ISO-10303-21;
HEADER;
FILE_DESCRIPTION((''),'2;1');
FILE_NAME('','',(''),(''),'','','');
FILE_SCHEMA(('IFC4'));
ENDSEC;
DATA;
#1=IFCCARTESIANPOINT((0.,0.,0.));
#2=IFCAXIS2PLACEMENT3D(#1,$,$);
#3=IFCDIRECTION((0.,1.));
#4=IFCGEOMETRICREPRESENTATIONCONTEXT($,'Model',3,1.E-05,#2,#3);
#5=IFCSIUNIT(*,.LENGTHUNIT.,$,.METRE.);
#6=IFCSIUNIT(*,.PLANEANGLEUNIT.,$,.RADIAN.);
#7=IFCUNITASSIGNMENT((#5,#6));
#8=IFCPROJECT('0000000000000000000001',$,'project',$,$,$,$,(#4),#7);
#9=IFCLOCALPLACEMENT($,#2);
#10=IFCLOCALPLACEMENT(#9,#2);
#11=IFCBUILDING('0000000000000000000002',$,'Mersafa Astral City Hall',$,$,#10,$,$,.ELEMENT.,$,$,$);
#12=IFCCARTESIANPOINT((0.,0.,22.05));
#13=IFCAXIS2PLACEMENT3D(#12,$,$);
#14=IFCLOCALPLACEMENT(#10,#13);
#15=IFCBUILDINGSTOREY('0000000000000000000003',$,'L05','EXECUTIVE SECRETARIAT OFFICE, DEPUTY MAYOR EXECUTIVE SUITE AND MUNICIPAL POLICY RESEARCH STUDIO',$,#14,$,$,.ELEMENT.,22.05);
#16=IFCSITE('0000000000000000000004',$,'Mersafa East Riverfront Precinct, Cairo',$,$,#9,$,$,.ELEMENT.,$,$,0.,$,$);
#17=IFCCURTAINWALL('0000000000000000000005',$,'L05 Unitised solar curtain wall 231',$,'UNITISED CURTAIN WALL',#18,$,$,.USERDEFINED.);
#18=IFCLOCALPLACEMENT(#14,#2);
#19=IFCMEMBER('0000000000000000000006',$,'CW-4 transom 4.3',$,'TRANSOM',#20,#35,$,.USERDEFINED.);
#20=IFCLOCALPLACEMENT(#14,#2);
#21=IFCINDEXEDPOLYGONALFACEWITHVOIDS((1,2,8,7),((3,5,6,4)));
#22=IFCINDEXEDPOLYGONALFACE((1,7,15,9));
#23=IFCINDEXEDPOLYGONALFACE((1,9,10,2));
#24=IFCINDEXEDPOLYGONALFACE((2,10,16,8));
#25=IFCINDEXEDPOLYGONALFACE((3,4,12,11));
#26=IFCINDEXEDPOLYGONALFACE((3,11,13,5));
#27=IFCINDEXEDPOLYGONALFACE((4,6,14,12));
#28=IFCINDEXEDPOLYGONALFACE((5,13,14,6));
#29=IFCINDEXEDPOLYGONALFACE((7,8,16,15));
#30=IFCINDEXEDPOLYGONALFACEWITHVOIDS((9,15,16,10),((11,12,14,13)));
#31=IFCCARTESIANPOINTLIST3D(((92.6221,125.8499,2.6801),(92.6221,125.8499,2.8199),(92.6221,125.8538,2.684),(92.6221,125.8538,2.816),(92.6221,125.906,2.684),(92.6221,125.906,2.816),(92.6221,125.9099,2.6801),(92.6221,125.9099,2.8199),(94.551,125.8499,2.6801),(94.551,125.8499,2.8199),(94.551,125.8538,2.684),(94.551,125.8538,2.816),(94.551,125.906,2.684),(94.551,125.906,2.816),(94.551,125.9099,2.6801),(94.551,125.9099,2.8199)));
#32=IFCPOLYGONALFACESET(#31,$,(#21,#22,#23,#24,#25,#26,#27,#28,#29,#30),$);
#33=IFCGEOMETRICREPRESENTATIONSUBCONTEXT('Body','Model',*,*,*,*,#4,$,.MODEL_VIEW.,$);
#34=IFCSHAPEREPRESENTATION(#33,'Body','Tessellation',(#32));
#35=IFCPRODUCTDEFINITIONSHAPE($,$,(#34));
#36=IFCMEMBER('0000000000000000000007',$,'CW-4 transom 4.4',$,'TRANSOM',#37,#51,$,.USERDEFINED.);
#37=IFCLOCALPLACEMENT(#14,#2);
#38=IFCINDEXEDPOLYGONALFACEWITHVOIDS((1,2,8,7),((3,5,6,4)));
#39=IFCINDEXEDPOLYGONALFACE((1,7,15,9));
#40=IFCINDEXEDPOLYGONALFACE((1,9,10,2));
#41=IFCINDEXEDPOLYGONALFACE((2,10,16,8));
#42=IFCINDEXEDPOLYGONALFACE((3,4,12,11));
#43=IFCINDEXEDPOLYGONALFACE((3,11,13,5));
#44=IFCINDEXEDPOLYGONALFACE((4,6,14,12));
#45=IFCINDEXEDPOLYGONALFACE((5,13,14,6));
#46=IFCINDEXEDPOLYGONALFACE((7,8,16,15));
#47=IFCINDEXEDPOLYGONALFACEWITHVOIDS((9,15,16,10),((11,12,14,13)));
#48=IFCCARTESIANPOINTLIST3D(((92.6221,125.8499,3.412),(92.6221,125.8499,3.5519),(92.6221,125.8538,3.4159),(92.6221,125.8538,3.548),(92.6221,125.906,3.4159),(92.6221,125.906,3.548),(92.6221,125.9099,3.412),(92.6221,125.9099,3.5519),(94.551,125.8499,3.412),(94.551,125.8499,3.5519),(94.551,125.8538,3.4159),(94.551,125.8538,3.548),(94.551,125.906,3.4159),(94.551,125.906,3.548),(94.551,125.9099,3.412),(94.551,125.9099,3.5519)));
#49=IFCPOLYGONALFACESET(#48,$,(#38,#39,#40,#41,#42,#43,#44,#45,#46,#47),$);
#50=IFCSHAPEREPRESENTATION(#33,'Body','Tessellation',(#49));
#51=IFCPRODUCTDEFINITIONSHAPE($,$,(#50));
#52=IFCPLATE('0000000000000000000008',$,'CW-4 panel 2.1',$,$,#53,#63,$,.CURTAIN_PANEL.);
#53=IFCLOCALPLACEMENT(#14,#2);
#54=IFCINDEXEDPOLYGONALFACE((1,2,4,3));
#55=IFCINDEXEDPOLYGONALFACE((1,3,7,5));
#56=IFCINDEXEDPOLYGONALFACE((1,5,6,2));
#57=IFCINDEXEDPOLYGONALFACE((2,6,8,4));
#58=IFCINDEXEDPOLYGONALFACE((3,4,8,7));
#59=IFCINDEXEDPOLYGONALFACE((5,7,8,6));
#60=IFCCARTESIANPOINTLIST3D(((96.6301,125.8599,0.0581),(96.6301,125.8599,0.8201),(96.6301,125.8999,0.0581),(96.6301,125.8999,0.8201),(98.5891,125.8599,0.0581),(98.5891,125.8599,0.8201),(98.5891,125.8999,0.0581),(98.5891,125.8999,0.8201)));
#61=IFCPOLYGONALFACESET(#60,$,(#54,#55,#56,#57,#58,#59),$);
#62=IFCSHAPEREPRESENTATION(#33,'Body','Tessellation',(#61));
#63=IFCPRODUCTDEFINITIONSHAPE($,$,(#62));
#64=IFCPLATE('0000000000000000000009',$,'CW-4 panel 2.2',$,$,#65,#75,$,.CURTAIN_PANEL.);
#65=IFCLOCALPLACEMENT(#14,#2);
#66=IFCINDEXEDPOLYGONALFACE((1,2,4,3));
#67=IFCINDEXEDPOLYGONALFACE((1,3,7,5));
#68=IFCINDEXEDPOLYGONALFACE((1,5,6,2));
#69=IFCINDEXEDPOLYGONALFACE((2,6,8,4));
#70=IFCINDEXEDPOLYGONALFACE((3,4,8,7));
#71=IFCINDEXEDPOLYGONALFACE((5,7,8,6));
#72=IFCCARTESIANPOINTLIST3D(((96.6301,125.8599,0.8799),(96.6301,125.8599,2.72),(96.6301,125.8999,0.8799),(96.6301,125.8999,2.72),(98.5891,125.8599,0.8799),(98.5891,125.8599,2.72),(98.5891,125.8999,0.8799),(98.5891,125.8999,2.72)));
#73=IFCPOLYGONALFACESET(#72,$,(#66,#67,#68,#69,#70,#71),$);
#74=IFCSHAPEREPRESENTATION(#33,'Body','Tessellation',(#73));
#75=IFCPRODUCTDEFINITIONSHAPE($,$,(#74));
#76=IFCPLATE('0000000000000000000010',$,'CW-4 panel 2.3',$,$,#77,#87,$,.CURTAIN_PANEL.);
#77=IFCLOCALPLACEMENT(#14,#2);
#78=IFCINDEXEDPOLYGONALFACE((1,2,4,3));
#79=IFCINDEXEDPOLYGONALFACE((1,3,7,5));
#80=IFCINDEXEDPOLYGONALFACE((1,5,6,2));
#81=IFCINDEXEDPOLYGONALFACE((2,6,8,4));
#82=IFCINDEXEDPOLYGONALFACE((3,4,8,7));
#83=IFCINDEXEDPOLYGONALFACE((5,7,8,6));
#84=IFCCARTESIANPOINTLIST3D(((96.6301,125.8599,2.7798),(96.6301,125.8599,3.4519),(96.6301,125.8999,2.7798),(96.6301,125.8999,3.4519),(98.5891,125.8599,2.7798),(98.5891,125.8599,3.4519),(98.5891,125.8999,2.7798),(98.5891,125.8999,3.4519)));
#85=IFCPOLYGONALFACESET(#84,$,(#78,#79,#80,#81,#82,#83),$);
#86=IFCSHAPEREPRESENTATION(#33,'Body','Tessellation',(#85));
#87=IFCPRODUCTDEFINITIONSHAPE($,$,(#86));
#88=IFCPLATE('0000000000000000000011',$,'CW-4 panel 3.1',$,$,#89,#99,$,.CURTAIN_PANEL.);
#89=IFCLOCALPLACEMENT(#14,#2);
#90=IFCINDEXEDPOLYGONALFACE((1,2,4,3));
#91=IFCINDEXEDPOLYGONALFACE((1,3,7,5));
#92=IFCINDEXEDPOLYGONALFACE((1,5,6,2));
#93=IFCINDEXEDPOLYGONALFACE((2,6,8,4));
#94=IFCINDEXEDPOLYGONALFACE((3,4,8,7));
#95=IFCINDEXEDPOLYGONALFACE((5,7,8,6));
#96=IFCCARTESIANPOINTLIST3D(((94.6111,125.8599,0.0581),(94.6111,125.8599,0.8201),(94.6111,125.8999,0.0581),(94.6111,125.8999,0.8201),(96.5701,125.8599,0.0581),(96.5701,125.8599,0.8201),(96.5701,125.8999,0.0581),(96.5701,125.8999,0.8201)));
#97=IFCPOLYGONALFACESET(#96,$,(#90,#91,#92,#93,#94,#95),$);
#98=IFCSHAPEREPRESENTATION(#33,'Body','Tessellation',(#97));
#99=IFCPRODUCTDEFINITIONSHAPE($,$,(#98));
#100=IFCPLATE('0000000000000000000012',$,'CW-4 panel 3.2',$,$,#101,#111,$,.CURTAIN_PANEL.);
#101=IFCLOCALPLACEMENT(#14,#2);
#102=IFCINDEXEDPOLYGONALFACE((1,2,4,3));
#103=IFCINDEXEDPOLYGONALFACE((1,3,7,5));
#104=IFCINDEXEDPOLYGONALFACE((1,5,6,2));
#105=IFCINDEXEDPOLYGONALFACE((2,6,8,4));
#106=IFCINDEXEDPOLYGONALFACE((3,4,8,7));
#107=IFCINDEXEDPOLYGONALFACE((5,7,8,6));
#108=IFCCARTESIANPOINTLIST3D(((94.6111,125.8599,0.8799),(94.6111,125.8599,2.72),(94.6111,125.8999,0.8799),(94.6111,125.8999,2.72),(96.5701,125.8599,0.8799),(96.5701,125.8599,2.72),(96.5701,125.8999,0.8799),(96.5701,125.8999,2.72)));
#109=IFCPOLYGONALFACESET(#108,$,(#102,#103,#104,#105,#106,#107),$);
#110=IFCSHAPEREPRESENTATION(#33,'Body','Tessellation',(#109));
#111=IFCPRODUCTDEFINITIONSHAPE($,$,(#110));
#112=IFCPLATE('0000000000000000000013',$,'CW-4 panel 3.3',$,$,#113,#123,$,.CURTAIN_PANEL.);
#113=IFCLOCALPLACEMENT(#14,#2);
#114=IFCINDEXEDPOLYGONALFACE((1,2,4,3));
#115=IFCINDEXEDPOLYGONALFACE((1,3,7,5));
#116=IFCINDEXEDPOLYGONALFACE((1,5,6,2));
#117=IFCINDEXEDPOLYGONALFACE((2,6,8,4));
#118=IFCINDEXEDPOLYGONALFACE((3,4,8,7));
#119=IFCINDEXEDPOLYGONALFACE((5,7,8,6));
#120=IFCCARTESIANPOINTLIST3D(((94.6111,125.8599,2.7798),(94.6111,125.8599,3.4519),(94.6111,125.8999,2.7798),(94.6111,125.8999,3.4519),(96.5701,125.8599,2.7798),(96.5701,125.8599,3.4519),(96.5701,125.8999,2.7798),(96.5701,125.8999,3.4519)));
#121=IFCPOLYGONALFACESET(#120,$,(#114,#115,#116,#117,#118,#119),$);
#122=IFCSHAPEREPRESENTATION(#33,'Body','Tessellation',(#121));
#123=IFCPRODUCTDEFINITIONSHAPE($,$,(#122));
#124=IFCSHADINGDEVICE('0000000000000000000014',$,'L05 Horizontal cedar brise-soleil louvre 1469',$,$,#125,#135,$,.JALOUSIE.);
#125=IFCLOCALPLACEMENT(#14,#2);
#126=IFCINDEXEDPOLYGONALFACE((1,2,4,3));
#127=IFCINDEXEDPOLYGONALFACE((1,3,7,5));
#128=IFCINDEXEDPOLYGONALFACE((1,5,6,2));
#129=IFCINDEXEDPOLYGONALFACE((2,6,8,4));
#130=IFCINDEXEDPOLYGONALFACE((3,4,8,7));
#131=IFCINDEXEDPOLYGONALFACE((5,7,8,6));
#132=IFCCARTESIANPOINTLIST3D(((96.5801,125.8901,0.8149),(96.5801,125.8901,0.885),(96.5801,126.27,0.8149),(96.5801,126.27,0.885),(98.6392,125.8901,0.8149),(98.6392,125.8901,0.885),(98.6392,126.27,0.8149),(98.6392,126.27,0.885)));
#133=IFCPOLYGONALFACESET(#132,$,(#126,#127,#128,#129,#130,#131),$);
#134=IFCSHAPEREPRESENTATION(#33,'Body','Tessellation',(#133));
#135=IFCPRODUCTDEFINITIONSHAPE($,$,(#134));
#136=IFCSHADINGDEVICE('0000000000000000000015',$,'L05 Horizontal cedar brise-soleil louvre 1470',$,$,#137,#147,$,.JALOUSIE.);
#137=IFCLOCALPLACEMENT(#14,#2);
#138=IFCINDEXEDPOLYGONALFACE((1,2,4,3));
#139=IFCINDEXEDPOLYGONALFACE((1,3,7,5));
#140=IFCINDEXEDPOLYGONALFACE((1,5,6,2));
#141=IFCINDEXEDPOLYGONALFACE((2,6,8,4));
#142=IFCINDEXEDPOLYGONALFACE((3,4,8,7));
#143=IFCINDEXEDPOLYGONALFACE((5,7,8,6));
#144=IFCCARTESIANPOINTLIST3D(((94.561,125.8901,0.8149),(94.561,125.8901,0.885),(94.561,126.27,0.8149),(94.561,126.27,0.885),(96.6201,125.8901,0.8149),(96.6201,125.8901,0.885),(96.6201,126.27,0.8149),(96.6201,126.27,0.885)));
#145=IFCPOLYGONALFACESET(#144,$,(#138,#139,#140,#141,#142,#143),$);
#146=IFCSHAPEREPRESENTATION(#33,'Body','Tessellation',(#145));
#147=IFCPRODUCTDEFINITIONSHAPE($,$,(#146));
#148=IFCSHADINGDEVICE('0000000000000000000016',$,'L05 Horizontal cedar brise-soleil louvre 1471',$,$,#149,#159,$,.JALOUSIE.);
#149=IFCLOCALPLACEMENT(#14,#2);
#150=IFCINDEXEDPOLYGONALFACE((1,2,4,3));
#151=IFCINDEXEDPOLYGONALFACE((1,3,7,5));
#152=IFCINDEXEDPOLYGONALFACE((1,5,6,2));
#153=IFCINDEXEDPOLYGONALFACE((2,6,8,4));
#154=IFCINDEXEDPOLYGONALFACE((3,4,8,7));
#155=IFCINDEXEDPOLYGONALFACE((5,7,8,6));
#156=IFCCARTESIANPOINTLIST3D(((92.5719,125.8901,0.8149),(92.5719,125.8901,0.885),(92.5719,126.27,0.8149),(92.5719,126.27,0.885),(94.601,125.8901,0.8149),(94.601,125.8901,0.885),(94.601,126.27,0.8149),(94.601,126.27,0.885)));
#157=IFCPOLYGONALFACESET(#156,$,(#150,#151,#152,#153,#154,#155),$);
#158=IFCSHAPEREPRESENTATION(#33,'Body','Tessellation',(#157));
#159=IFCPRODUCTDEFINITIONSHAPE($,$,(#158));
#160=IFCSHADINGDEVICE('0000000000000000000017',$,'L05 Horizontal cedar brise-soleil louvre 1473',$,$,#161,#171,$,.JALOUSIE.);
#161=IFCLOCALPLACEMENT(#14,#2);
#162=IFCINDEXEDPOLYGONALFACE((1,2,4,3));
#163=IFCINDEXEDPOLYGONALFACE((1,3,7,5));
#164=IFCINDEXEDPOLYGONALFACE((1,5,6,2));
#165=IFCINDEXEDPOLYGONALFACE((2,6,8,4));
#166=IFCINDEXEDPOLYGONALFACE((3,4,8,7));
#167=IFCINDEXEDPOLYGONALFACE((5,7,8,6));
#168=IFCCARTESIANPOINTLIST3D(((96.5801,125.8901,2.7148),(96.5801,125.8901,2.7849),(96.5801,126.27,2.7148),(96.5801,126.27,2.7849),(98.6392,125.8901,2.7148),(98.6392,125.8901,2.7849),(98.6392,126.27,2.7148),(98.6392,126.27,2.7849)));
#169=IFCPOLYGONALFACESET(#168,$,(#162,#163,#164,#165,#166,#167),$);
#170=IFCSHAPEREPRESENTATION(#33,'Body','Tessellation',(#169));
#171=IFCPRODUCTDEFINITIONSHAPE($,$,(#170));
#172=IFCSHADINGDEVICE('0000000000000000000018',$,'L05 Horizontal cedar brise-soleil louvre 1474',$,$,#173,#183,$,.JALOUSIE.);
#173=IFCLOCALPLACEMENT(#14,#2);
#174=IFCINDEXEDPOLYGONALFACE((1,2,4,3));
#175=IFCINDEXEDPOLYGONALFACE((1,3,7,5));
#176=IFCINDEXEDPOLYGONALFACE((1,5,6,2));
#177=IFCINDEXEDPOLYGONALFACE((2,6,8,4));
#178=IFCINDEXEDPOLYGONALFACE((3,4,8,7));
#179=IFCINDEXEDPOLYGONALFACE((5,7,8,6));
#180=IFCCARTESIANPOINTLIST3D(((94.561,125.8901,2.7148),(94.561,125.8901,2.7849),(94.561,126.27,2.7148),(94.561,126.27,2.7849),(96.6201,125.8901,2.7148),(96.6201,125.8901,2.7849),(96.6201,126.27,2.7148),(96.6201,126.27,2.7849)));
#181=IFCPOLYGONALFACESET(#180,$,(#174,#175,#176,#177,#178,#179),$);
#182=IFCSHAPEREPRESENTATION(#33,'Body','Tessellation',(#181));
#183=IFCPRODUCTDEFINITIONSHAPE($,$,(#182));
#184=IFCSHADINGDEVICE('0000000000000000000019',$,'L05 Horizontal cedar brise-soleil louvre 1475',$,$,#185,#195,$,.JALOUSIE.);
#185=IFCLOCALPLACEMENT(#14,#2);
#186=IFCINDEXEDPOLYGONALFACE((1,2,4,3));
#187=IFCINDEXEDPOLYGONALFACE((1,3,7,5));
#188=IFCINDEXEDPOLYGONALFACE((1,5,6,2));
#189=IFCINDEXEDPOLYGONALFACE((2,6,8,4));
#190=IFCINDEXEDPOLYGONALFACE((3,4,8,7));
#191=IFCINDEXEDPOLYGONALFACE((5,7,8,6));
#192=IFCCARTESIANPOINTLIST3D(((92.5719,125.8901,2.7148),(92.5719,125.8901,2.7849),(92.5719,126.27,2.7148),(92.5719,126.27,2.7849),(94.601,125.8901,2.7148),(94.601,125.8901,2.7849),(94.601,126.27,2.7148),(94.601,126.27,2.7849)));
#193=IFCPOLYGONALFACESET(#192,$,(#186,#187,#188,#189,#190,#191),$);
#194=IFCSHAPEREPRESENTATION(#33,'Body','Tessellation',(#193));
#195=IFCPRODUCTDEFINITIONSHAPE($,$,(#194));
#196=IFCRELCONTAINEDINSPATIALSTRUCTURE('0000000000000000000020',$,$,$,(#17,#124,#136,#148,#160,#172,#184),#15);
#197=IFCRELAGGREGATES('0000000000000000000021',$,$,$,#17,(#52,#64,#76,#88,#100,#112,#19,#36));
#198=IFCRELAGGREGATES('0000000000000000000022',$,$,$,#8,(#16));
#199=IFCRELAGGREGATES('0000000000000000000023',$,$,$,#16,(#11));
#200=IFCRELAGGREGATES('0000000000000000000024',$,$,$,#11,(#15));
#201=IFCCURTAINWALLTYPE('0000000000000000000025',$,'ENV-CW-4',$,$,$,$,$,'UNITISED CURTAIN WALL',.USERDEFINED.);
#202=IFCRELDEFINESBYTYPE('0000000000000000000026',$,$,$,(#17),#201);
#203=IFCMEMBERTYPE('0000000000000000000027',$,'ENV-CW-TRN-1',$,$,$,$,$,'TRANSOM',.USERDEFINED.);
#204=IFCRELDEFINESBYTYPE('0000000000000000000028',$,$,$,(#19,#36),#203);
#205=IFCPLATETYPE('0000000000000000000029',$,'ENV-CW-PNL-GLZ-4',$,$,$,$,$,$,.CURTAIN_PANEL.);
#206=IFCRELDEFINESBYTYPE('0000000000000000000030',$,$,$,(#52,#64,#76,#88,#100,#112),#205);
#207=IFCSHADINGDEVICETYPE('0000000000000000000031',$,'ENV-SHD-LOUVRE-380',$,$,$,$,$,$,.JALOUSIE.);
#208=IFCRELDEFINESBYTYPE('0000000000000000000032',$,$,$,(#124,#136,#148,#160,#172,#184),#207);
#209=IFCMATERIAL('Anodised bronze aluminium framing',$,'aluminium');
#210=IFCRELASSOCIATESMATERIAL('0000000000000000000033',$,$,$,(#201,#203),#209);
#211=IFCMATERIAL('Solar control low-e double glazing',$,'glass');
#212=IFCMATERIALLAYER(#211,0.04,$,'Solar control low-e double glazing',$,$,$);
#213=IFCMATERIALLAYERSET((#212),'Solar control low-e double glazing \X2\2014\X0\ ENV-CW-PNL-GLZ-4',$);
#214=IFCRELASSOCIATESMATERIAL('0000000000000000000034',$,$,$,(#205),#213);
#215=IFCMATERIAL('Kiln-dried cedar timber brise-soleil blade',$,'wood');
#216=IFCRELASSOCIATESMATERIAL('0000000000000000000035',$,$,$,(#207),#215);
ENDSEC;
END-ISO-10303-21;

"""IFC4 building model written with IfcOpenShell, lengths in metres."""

from ifc_helpers import new_model, si_unit, direction, frame, origin, origin_2d, place, context, subcontext, project, spatial, rectangle, hollow_rectangle, extrude, material, layer, layer_set, material_profile, profile_set, type_object, element, aggregate, save


model = new_model("IFC4")

# Units and contexts
model_context = context("Model", 3, precision=1e-05, world=origin(), true_north=direction((0.0, 1.0)))
body_context = subcontext(model_context, "Body", "Model", "MODEL_VIEW")
ifc_project = project(units=[si_unit("LENGTHUNIT", "METRE"), si_unit("PLANEANGLEUNIT", "RADIAN")], contexts=[model_context])

# Site, building, storey
site_placement = place(None, origin())
site = spatial("IfcSite", under=ifc_project, at=site_placement, Name="Mersafa East Riverfront Precinct, Cairo", CompositionType="ELEMENT", RefElevation=0.0)
building_placement = place(site_placement, origin())
building = spatial("IfcBuilding", under=site, at=building_placement, Name="Mersafa Astral City Hall", CompositionType="ELEMENT")
storey_placement = place(building_placement, frame((0.0, 0.0, 22.05)))
storey = spatial("IfcBuildingStorey", under=building, at=storey_placement, Name="L05", Description="EXECUTIVE SECRETARIAT OFFICE, DEPUTY MAYOR EXECUTIVE SUITE AND MUNICIPAL POLICY RESEARCH STUDIO", CompositionType="ELEMENT", Elevation=22.05)

# Curtain wall, members, plates
ifc_material_1 = material(Name="Anodised bronze aluminium framing", Category="aluminium")
curtain_wall_type = type_object("IfcCurtainWallType", Name="ENV-CW-4", ElementType="UNITISED CURTAIN WALL", PredefinedType="USERDEFINED", material=ifc_material_1)
curtain_wall_placement = place(storey_placement, origin())
curtain_wall = element("IfcCurtainWall", 1, at=curtain_wall_placement, inside=storey, type_object=curtain_wall_type, Name="L05 Unitised solar curtain wall 231", ObjectType="UNITISED CURTAIN WALL", PredefinedType="USERDEFINED")
ifc_material_profile_1 = material_profile(ifc_material_1, hollow_rectangle(XDim=0.0601, YDim=0.1399, WallThickness=0.0039, at=origin_2d()), Name="RHS 60x140x4")
ifc_profile_set_1 = profile_set([ifc_material_profile_1], Name="Anodised bronze aluminium framing")
member_type_1 = type_object("IfcMemberType", Name="ENV-CW-TRN-1", ElementType="TRANSOM", PredefinedType="USERDEFINED", material=ifc_profile_set_1)
member_1_placement = place(storey_placement, frame((94.551, 125.8799, 2.75), z_axis=(-1.0, 0.0, 0.0), x_axis=(0.0, -1.0, 0.0)))
member_1 = element("IfcMember", 2, at=member_1_placement, type_object=member_type_1, Name="CW-4 transom 4.3", ObjectType="TRANSOM", PredefinedType="USERDEFINED", context=body_context, shape_type="SweptSolid", body=[
    extrude(hollow_rectangle(XDim=0.0601, YDim=0.1399, WallThickness=0.0039, at=origin_2d()), origin(), (0.0, 0.0, 1.0), 1.929),
])
member_2_placement = place(storey_placement, frame((94.551, 125.8799, 3.4819), z_axis=(-1.0, 0.0, 0.0), x_axis=(0.0, -1.0, 0.0)))
member_2 = element("IfcMember", 3, at=member_2_placement, type_object=member_type_1, Name="CW-4 transom 4.4", ObjectType="TRANSOM", PredefinedType="USERDEFINED", context=body_context, shape_type="SweptSolid", body=[
    extrude(hollow_rectangle(XDim=0.0601, YDim=0.1399, WallThickness=0.0039, at=origin_2d()), origin(), (0.0, 0.0, 1.0), 1.929),
])
ifc_material_2 = material(Name="Solar control low-e double glazing", Category="glass")
ifc_layer = layer(ifc_material_2, 0.04, Name="Solar control low-e double glazing")
ifc_layer_set = layer_set([ifc_layer], Name="Solar control low-e double glazing — ENV-CW-PNL-GLZ-4")
plate_type = type_object("IfcPlateType", Name="ENV-CW-PNL-GLZ-4", PredefinedType="CURTAIN_PANEL", material=ifc_layer_set)
plate_1_placement = place(storey_placement, frame((97.6096, 125.8799, 0.0581), z_axis=(0.0, 0.0, 1.0), x_axis=(-1.0, 0.0, 0.0)))
plate_1 = element("IfcPlate", 4, at=plate_1_placement, type_object=plate_type, Name="CW-4 panel 2.1", PredefinedType="CURTAIN_PANEL", context=body_context, shape_type="SweptSolid", body=[
    extrude(rectangle(XDim=1.959, YDim=0.04, at=origin_2d()), origin(), (0.0, 0.0, 1.0), 0.762),
])
plate_2_placement = place(storey_placement, frame((97.6096, 125.8799, 0.8799), z_axis=(0.0, 0.0, 1.0), x_axis=(-1.0, 0.0, 0.0)))
plate_2 = element("IfcPlate", 5, at=plate_2_placement, type_object=plate_type, Name="CW-4 panel 2.2", PredefinedType="CURTAIN_PANEL", context=body_context, shape_type="SweptSolid", body=[
    extrude(rectangle(XDim=1.959, YDim=0.04, at=origin_2d()), origin(), (0.0, 0.0, 1.0), 1.8401),
])
plate_3_placement = place(storey_placement, frame((97.6096, 125.8799, 2.7798), z_axis=(0.0, 0.0, 1.0), x_axis=(-1.0, 0.0, 0.0)))
plate_3 = element("IfcPlate", 6, at=plate_3_placement, type_object=plate_type, Name="CW-4 panel 2.3", PredefinedType="CURTAIN_PANEL", context=body_context, shape_type="SweptSolid", body=[
    extrude(rectangle(XDim=1.959, YDim=0.04, at=origin_2d()), origin(), (0.0, 0.0, 1.0), 0.6721),
])
plate_4_placement = place(storey_placement, frame((95.5906, 125.8799, 0.0581), z_axis=(0.0, 0.0, 1.0), x_axis=(-1.0, 0.0, 0.0)))
plate_4 = element("IfcPlate", 7, at=plate_4_placement, type_object=plate_type, Name="CW-4 panel 3.1", PredefinedType="CURTAIN_PANEL", context=body_context, shape_type="SweptSolid", body=[
    extrude(rectangle(XDim=1.959, YDim=0.04, at=origin_2d()), origin(), (0.0, 0.0, 1.0), 0.762),
])
plate_5_placement = place(storey_placement, frame((95.5906, 125.8799, 0.8799), z_axis=(0.0, 0.0, 1.0), x_axis=(-1.0, 0.0, 0.0)))
plate_5 = element("IfcPlate", 8, at=plate_5_placement, type_object=plate_type, Name="CW-4 panel 3.2", PredefinedType="CURTAIN_PANEL", context=body_context, shape_type="SweptSolid", body=[
    extrude(rectangle(XDim=1.959, YDim=0.04, at=origin_2d()), origin(), (0.0, 0.0, 1.0), 1.8401),
])
plate_6_placement = place(storey_placement, frame((95.5906, 125.8799, 2.7798), z_axis=(0.0, 0.0, 1.0), x_axis=(-1.0, 0.0, 0.0)))
plate_6 = element("IfcPlate", 9, at=plate_6_placement, type_object=plate_type, Name="CW-4 panel 3.3", PredefinedType="CURTAIN_PANEL", context=body_context, shape_type="SweptSolid", body=[
    extrude(rectangle(XDim=1.959, YDim=0.04, at=origin_2d()), origin(), (0.0, 0.0, 1.0), 0.6721),
])
aggregate(curtain_wall, [plate_1, plate_2, plate_3, plate_4, plate_5, plate_6, member_1, member_2])

# Shading devices
ifc_material_3 = material(Name="Kiln-dried cedar timber brise-soleil blade", Category="wood")
shading_device_type = type_object("IfcShadingDeviceType", Name="ENV-SHD-LOUVRE-380", PredefinedType="JALOUSIE", material=ifc_material_3)
for number, where, z_axis, x_axis, name in (
    (10, (97.6096, 126.0801, 0.8149), (0.0, 0.0, 1.0), (-1.0, 0.0, 0.0), "L05 Horizontal cedar brise-soleil louvre 1469"),
    (11, (95.5906, 126.0801, 0.8149), (0.0, 0.0, 1.0), (-1.0, 0.0, 0.0), "L05 Horizontal cedar brise-soleil louvre 1470"),
):
    element("IfcShadingDevice", number, at=place(storey_placement, frame(where, z_axis=z_axis, x_axis=x_axis)), inside=storey, type_object=shading_device_type, Name=name, PredefinedType="JALOUSIE", context=body_context, shape_type="SweptSolid", body=[
        extrude(rectangle(XDim=2.0591, YDim=0.3799, at=origin_2d()), origin(), (0.0, 0.0, 1.0), 0.0701),
    ])
shading_device_1_placement = place(storey_placement, frame((93.5864, 126.0801, 0.8149), z_axis=(0.0, 0.0, 1.0), x_axis=(-1.0, 0.0, 0.0)))
element("IfcShadingDevice", 12, at=shading_device_1_placement, inside=storey, type_object=shading_device_type, Name="L05 Horizontal cedar brise-soleil louvre 1471", PredefinedType="JALOUSIE", context=body_context, shape_type="SweptSolid", body=[
    extrude(rectangle(XDim=2.0291, YDim=0.3799, at=origin_2d()), origin(), (0.0, 0.0, 1.0), 0.0701),
])
for number, where, z_axis, x_axis, name in (
    (13, (97.6096, 126.0801, 2.7148), (0.0, 0.0, 1.0), (-1.0, 0.0, 0.0), "L05 Horizontal cedar brise-soleil louvre 1473"),
    (14, (95.5906, 126.0801, 2.7148), (0.0, 0.0, 1.0), (-1.0, 0.0, 0.0), "L05 Horizontal cedar brise-soleil louvre 1474"),
):
    element("IfcShadingDevice", number, at=place(storey_placement, frame(where, z_axis=z_axis, x_axis=x_axis)), inside=storey, type_object=shading_device_type, Name=name, PredefinedType="JALOUSIE", context=body_context, shape_type="SweptSolid", body=[
        extrude(rectangle(XDim=2.0591, YDim=0.3799, at=origin_2d()), origin(), (0.0, 0.0, 1.0), 0.0701),
    ])
shading_device_2_placement = place(storey_placement, frame((93.5864, 126.0801, 2.7148), z_axis=(0.0, 0.0, 1.0), x_axis=(-1.0, 0.0, 0.0)))
element("IfcShadingDevice", 15, at=shading_device_2_placement, inside=storey, type_object=shading_device_type, Name="L05 Horizontal cedar brise-soleil louvre 1475", PredefinedType="JALOUSIE", context=body_context, shape_type="SweptSolid", body=[
    extrude(rectangle(XDim=2.0291, YDim=0.3799, at=origin_2d()), origin(), (0.0, 0.0, 1.0), 0.0701),
])

save(model, "model.ifc")
